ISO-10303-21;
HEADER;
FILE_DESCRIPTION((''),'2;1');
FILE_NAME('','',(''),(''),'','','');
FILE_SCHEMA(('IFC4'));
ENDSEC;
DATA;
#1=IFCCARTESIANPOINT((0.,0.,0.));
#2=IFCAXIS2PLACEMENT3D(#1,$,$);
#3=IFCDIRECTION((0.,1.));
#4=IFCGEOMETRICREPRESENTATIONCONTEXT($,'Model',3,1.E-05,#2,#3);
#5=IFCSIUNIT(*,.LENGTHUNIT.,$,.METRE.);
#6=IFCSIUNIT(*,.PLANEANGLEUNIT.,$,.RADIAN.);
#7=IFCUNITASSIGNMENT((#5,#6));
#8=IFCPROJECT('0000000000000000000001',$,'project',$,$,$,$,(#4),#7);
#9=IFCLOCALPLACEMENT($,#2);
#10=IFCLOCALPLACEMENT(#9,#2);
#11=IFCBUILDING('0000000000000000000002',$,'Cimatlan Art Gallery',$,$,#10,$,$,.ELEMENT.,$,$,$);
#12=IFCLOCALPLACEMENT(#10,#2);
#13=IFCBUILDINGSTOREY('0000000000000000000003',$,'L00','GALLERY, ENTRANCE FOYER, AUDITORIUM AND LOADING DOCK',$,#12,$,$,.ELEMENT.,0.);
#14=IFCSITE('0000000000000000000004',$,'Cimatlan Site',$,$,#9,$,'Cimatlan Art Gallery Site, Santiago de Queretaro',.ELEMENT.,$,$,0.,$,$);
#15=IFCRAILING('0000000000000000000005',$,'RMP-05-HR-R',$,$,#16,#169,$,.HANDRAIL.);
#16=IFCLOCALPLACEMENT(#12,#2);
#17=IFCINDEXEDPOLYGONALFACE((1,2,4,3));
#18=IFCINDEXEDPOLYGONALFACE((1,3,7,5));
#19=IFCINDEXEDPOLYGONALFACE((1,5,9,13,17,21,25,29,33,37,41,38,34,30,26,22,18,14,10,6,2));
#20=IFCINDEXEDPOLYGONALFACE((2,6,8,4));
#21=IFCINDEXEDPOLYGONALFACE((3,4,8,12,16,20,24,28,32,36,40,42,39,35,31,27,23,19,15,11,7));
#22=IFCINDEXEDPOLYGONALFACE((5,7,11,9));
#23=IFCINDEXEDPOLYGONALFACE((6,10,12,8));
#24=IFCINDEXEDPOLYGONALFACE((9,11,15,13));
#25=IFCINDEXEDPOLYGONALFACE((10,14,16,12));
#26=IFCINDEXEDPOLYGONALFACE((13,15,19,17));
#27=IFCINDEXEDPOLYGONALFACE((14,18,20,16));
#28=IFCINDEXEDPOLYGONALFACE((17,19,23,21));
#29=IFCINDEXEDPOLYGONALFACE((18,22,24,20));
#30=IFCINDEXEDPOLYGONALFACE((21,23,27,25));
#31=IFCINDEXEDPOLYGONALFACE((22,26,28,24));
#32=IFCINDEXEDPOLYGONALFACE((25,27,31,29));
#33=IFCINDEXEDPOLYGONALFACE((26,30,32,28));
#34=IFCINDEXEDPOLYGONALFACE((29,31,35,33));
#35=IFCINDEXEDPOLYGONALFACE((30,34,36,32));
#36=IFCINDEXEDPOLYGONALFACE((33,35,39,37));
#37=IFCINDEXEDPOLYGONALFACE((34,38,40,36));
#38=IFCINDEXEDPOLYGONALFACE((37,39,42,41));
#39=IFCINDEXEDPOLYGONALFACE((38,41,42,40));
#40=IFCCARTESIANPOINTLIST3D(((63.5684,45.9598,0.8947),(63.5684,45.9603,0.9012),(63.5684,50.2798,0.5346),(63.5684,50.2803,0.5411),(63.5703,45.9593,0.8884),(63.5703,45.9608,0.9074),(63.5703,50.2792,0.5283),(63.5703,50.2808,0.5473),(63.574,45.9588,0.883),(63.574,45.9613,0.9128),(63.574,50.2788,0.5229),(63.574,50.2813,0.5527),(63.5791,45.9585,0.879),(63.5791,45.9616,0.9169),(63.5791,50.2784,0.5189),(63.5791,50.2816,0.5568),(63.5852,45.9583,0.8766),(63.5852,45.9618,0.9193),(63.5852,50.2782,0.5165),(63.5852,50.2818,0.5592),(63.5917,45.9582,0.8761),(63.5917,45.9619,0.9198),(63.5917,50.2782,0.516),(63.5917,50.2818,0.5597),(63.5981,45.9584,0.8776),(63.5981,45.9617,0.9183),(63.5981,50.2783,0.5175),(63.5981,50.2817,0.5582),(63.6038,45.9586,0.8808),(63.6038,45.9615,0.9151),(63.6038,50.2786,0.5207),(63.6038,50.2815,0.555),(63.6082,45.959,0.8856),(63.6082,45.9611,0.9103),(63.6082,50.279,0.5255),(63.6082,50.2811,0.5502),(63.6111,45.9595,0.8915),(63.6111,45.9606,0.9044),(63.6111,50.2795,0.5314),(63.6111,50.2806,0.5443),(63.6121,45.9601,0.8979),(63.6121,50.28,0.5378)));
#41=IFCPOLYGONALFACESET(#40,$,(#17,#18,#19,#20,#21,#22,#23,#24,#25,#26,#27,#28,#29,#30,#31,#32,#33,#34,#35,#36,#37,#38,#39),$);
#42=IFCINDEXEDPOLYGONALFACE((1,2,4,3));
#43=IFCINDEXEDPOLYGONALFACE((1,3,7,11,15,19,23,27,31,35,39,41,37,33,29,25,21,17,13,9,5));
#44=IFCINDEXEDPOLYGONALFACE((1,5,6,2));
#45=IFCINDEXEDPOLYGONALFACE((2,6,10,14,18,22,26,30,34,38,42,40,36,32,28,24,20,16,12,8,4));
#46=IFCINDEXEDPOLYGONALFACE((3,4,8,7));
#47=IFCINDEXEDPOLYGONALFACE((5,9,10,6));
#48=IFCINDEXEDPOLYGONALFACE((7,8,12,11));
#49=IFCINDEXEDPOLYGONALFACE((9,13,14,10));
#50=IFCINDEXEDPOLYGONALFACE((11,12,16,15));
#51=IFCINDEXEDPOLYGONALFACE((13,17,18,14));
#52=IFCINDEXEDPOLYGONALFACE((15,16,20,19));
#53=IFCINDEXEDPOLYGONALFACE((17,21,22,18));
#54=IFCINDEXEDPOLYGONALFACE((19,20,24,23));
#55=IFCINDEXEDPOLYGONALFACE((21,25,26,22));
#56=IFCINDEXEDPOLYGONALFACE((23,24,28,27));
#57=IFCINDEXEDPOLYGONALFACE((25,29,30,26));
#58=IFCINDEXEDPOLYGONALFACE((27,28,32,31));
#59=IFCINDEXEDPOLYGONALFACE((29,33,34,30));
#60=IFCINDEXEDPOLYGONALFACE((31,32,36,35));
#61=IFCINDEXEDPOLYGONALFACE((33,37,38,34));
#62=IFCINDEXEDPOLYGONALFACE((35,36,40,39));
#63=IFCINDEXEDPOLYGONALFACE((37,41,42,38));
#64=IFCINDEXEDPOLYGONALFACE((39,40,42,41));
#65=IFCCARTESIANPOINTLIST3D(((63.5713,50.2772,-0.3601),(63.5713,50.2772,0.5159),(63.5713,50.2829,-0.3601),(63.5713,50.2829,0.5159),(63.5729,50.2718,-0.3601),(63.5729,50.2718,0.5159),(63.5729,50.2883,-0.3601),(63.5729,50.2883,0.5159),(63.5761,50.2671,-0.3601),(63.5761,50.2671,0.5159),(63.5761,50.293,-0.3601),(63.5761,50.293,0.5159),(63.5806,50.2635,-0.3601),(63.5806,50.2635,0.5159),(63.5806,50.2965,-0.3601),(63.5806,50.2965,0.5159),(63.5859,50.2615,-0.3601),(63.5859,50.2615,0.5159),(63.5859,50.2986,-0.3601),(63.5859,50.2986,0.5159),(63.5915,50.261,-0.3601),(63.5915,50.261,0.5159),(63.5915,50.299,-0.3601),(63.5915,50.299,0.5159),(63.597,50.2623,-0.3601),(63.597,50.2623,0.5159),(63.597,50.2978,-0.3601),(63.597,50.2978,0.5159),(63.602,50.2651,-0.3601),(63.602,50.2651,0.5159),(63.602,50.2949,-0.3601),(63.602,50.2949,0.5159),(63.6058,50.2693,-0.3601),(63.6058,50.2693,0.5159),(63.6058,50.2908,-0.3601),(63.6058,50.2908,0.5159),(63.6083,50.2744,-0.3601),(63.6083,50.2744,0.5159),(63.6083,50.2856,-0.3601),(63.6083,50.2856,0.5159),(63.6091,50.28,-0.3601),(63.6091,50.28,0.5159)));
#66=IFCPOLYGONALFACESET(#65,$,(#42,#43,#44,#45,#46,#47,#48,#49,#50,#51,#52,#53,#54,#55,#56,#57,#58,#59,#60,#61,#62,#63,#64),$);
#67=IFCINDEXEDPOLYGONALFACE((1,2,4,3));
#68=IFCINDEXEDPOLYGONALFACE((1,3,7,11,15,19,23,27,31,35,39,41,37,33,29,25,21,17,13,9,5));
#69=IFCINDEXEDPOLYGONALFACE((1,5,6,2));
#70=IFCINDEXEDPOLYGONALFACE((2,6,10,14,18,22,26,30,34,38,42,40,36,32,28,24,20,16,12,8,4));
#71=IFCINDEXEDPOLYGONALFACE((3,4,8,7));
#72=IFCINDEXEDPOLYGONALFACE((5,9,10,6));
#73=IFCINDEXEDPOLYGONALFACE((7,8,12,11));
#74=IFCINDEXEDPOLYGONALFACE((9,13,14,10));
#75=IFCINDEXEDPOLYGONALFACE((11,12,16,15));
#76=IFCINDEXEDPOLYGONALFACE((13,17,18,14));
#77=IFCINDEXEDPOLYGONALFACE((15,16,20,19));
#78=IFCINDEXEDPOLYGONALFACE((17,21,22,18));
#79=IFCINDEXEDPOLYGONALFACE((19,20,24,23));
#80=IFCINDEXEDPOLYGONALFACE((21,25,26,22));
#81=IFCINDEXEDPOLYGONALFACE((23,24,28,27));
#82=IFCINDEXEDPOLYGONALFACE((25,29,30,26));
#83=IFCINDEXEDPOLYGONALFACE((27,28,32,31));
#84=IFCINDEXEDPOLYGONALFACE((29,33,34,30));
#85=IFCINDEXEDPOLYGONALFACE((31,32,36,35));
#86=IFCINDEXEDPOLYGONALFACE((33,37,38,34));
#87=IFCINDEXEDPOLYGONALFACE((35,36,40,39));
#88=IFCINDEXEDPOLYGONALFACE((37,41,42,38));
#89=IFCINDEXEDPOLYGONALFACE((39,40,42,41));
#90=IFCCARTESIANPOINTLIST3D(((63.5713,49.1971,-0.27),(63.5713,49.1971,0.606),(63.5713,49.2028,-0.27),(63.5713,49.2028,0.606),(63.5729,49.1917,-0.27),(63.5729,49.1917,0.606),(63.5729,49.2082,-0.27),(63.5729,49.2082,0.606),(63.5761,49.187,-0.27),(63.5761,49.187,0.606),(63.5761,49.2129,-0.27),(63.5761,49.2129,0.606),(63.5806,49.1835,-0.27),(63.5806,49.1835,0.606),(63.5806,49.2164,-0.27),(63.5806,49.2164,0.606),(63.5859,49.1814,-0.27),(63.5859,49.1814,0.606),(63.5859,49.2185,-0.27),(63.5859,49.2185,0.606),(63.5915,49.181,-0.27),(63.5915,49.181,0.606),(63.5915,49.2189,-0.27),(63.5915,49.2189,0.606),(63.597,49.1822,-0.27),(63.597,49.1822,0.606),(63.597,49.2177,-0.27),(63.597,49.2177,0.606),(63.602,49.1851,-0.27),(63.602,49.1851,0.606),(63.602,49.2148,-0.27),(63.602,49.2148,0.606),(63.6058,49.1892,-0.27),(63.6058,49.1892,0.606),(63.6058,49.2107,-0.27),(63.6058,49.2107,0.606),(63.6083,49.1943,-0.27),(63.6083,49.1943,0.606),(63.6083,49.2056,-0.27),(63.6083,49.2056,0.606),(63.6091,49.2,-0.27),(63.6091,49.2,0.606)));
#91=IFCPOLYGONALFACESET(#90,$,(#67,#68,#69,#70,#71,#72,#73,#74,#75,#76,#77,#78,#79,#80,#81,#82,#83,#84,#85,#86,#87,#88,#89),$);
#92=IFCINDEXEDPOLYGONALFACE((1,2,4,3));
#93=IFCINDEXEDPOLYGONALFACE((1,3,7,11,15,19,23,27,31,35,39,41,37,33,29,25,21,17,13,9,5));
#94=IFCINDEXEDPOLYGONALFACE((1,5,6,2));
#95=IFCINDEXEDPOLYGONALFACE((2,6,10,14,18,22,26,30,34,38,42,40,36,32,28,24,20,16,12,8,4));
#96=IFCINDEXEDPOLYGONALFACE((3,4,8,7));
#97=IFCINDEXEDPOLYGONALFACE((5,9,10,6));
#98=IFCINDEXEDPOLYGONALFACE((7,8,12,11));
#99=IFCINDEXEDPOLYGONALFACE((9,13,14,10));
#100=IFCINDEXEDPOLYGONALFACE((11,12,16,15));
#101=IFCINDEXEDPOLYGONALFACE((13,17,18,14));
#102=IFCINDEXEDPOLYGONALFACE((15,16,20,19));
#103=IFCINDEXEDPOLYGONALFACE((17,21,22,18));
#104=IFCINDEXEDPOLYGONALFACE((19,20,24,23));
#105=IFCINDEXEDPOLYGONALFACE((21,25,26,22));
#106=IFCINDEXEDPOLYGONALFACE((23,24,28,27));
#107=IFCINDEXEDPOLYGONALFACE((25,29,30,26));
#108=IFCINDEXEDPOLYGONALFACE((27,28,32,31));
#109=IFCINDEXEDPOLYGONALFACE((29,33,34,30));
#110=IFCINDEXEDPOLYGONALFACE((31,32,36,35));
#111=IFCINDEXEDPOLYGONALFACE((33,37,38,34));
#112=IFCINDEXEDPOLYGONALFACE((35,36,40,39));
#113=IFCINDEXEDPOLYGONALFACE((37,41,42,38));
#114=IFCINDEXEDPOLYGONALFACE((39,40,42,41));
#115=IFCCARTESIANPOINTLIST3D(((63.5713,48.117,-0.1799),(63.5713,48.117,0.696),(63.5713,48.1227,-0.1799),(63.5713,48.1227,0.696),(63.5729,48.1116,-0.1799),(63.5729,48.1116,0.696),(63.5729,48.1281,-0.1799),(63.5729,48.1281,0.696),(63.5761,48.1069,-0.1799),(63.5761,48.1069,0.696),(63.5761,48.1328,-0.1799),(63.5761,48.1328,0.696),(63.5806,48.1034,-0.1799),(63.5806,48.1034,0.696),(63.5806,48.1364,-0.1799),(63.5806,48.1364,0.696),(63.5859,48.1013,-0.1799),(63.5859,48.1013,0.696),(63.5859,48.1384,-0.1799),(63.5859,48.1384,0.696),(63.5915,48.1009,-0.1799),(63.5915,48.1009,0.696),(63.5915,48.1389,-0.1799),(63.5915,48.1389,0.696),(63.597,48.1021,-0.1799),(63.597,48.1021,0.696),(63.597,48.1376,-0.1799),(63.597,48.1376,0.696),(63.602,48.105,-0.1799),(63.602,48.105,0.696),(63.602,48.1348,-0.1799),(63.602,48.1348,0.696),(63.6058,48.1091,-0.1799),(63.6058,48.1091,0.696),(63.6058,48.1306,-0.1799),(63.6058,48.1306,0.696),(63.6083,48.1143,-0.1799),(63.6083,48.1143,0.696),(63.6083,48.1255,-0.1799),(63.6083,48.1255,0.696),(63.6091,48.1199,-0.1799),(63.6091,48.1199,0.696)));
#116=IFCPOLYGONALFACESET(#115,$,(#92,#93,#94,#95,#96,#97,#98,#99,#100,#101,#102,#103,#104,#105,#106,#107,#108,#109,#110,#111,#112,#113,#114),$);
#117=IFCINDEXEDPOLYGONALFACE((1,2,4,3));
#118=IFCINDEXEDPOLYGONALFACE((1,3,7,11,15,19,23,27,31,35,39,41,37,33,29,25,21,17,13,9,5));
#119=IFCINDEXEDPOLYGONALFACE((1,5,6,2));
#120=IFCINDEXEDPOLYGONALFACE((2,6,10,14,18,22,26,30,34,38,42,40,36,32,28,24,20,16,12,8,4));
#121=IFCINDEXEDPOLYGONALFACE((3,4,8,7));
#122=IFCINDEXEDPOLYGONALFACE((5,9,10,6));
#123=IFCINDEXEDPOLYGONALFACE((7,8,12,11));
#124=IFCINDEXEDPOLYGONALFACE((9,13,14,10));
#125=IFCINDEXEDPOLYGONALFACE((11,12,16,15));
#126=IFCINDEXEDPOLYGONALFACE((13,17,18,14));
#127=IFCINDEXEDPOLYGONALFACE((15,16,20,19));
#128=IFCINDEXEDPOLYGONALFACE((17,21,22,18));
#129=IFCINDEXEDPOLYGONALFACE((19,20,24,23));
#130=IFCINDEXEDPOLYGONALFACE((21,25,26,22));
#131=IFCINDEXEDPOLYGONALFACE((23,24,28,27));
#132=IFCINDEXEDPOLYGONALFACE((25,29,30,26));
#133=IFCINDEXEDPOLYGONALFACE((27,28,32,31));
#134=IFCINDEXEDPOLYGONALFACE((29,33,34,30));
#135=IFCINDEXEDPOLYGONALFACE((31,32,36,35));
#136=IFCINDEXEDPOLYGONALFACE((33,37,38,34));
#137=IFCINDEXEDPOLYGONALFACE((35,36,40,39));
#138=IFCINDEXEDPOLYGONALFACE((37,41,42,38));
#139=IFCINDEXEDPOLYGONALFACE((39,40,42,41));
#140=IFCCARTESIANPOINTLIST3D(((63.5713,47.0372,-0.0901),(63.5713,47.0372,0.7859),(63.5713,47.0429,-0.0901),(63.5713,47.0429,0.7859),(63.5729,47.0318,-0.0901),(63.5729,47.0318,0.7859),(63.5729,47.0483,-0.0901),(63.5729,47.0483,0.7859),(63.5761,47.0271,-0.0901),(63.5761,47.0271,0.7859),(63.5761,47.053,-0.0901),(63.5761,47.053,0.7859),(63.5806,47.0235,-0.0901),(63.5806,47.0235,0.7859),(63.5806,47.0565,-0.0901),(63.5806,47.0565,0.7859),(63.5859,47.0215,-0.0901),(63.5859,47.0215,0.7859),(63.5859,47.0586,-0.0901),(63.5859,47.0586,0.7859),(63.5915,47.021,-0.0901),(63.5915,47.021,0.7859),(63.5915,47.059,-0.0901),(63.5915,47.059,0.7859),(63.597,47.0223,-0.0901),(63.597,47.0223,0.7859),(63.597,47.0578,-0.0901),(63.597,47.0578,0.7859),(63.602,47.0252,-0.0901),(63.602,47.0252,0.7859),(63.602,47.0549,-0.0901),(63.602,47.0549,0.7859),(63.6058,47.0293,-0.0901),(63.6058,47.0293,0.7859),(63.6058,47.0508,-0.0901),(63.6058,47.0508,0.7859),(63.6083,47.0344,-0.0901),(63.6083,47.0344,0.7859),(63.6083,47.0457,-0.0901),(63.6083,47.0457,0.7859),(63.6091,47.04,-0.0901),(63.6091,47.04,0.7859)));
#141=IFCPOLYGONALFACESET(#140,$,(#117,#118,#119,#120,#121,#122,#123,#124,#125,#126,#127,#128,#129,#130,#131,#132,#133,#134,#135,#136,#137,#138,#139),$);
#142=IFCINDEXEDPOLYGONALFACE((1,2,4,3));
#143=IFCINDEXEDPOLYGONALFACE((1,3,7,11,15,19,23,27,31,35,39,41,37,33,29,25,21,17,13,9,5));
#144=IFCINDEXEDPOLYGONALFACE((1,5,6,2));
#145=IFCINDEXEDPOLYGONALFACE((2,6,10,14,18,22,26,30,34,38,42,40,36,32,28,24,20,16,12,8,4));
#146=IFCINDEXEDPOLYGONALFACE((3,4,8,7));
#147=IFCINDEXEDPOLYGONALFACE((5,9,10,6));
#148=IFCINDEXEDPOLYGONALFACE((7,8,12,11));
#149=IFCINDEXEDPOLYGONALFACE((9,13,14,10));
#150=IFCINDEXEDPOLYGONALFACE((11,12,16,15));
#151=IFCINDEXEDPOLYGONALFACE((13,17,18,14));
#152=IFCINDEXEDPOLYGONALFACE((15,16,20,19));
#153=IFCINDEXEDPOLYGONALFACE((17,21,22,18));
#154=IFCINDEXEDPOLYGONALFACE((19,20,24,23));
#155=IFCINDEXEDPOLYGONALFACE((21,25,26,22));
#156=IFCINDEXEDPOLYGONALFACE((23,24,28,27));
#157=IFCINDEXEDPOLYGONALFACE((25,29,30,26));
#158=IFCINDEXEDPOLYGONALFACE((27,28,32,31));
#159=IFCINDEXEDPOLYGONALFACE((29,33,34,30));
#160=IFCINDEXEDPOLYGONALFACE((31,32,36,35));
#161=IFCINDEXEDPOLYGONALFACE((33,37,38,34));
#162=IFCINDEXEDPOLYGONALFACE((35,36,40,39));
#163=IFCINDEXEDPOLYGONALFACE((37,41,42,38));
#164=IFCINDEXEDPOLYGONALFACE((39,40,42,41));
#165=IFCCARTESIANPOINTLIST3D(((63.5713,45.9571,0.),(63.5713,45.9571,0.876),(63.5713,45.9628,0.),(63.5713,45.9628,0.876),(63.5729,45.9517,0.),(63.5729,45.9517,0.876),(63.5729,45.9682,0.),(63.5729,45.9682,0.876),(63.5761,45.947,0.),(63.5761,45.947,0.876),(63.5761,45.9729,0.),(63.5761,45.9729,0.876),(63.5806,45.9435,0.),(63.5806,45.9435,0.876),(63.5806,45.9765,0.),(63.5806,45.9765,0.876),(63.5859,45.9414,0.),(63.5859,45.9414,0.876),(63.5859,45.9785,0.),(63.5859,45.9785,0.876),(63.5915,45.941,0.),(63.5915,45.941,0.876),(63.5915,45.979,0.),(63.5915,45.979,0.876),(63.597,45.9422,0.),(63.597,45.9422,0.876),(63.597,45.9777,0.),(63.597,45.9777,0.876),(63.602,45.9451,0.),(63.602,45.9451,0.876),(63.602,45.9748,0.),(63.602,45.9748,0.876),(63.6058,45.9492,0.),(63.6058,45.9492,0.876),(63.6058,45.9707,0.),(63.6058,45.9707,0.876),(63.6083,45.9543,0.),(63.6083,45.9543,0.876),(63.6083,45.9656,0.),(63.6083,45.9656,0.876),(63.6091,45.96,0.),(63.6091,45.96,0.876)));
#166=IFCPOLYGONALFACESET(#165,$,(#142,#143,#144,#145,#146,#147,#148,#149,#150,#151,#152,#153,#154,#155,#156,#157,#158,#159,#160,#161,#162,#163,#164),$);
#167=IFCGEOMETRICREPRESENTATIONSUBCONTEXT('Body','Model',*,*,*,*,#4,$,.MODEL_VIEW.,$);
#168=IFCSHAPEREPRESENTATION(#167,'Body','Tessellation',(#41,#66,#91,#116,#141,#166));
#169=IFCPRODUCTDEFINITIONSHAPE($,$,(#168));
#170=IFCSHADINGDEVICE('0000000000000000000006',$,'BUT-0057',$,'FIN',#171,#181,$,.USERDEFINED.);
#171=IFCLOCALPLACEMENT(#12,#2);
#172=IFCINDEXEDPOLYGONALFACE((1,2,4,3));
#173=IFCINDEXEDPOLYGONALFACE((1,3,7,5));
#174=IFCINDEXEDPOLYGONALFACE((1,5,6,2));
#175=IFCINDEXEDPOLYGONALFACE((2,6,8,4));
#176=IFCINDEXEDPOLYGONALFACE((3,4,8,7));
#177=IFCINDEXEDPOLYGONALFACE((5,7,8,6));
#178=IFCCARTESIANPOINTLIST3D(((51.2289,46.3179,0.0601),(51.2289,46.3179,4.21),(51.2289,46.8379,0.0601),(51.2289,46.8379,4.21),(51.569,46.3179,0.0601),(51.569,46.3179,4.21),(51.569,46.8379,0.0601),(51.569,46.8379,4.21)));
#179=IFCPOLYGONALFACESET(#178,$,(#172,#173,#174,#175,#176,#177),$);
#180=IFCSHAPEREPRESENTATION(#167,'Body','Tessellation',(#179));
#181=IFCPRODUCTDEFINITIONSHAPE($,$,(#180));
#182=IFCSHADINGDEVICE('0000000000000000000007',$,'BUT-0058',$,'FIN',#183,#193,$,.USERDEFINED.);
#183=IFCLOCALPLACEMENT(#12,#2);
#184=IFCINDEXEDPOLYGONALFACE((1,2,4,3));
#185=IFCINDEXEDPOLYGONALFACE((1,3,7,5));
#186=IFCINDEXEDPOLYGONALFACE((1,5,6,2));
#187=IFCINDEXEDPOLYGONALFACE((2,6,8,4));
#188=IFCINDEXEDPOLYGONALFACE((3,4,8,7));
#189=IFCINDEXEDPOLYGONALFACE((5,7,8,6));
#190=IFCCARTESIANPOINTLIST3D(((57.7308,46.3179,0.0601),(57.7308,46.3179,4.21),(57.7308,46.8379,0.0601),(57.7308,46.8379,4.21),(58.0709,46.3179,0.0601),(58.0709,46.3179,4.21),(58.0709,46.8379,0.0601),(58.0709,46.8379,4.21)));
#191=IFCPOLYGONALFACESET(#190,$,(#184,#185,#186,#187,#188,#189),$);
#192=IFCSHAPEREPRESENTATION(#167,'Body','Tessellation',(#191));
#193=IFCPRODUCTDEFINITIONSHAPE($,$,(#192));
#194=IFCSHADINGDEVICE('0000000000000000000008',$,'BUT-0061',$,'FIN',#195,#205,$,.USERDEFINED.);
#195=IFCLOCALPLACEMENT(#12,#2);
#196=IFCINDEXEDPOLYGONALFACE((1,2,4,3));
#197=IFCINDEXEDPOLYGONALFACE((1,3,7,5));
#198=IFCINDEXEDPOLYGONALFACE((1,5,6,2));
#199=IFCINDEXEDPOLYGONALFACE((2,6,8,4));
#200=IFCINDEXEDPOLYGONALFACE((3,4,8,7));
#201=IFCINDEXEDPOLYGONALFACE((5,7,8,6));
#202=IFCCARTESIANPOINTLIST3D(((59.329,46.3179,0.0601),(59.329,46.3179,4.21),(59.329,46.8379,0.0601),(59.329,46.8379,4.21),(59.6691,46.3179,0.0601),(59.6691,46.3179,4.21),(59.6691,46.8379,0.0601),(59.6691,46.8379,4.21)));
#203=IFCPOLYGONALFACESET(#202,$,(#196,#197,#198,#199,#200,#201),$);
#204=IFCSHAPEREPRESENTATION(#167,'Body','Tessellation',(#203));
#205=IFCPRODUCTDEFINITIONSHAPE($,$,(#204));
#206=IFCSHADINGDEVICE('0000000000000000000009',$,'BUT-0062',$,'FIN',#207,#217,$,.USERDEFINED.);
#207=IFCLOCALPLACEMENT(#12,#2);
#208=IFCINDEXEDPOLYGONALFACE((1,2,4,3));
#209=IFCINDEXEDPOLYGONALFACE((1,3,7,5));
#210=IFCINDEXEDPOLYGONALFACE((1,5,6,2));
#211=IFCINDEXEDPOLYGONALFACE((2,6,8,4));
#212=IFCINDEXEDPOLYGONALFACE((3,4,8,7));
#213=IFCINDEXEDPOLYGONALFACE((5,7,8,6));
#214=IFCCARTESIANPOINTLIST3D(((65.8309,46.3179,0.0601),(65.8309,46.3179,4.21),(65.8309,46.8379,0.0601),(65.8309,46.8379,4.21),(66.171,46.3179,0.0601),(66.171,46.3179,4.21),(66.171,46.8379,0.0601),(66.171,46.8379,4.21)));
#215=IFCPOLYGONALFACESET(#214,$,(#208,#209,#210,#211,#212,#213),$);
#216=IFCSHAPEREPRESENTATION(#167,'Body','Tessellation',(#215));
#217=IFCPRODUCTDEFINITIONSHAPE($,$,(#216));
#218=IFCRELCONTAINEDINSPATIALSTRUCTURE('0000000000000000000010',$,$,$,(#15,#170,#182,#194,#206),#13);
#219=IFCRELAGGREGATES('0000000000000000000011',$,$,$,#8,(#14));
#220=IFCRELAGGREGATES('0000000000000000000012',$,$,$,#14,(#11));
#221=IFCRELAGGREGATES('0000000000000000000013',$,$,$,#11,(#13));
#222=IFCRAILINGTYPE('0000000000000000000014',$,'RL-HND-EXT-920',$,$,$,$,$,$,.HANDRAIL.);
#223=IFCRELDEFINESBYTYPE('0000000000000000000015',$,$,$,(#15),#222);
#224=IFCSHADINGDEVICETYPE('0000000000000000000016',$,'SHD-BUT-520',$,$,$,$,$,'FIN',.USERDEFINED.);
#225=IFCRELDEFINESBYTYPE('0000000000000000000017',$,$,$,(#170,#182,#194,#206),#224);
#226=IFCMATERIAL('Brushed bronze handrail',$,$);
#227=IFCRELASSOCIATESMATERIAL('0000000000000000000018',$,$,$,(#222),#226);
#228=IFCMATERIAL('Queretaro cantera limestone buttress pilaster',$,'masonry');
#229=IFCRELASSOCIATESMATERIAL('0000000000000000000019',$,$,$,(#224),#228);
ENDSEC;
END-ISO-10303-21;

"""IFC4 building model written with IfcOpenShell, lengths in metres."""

from ifc_helpers import new_model, si_unit, direction, frame, origin, origin_2d, place, context, subcontext, project, spatial, rectangle, circle, extrude, material, type_object, element, save


model = new_model("IFC4")

# Units and contexts
model_context = context("Model", 3, precision=1e-05, world=origin(), true_north=direction((0.0, 1.0)))
body_context = subcontext(model_context, "Body", "Model", "MODEL_VIEW")
ifc_project = project(units=[si_unit("LENGTHUNIT", "METRE"), si_unit("PLANEANGLEUNIT", "RADIAN")], contexts=[model_context])

# Site, building, storey
site_placement = place(None, origin())
site = spatial("IfcSite", under=ifc_project, at=site_placement, Name="Cimatlan Site", LongName="Cimatlan Art Gallery Site, Santiago de Queretaro", CompositionType="ELEMENT", RefElevation=0.0)
building_placement = place(site_placement, origin())
building = spatial("IfcBuilding", under=site, at=building_placement, Name="Cimatlan Art Gallery", CompositionType="ELEMENT")
storey_placement = place(building_placement, origin())
storey = spatial("IfcBuildingStorey", under=building, at=storey_placement, Name="L00", Description="GALLERY, ENTRANCE FOYER, AUDITORIUM AND LOADING DOCK", CompositionType="ELEMENT", Elevation=0.0)

# Railing
ifc_material_1 = material(Name="Brushed bronze handrail")
railing_type = type_object("IfcRailingType", Name="RL-HND-EXT-920", PredefinedType="HANDRAIL", material=ifc_material_1)
for number, where, name in (
    (1, (63.5901, 50.28, -0.3601), "RMP-05-HR-R"),
):
    element("IfcRailing", number, at=place(storey_placement, frame(where)), inside=storey, type_object=railing_type, Name=name, PredefinedType="HANDRAIL", context=body_context, shape_type="SweptSolid", body=[
        extrude(circle(Radius=0.022, at=origin_2d()), frame((0.0, 0.0, 0.8979), z_axis=(0.0, -0.996544, 0.083069), x_axis=(1.0, 0.0, 0.0)), (0.0, 0.0, 1.0), 4.335),
        extrude(circle(Radius=0.019, at=origin_2d()), origin(), (0.0, 0.0, 1.0), 0.876),
        extrude(circle(Radius=0.019, at=origin_2d()), frame((0.0, -1.0801, 0.0901)), (0.0, 0.0, 1.0), 0.876),
        extrude(circle(Radius=0.019, at=origin_2d()), frame((0.0, -2.1602, 0.1802)), (0.0, 0.0, 1.0), 0.876),
        extrude(circle(Radius=0.019, at=origin_2d()), frame((0.0, -3.24, 0.27)), (0.0, 0.0, 1.0), 0.876),
        extrude(circle(Radius=0.019, at=origin_2d()), frame((0.0, -4.3201, 0.3601)), (0.0, 0.0, 1.0), 0.876),
    ])

# Shading devices
ifc_material_2 = material(Name="Queretaro cantera limestone buttress pilaster", Category="masonry")
shading_device_type = type_object("IfcShadingDeviceType", Name="SHD-BUT-520", ElementType="FIN", PredefinedType="USERDEFINED", material=ifc_material_2)
for number, where, z_axis, x_axis, name in (
    (2, (51.3989, 46.5779, 0.0601), (0.0, 0.0, 1.0), (1.0, 0.0, 0.0), "BUT-0057"),
    (3, (57.9009, 46.5779, 0.0601), (0.0, 0.0, 1.0), (1.0, 0.0, 0.0), "BUT-0058"),
    (4, (59.499, 46.5779, 0.0601), (0.0, 0.0, 1.0), (1.0, 0.0, 0.0), "BUT-0061"),
    (5, (66.001, 46.5779, 0.0601), (0.0, 0.0, 1.0), (1.0, 0.0, 0.0), "BUT-0062"),
):
    element("IfcShadingDevice", number, at=place(storey_placement, frame(where, z_axis=z_axis, x_axis=x_axis)), inside=storey, type_object=shading_device_type, Name=name, ObjectType="FIN", PredefinedType="USERDEFINED", context=body_context, shape_type="SweptSolid", body=[
        extrude(rectangle(XDim=0.3401, YDim=0.52, at=origin_2d()), origin(), (0.0, 0.0, 1.0), 4.1499),
    ])

save(model, "model.ifc")
